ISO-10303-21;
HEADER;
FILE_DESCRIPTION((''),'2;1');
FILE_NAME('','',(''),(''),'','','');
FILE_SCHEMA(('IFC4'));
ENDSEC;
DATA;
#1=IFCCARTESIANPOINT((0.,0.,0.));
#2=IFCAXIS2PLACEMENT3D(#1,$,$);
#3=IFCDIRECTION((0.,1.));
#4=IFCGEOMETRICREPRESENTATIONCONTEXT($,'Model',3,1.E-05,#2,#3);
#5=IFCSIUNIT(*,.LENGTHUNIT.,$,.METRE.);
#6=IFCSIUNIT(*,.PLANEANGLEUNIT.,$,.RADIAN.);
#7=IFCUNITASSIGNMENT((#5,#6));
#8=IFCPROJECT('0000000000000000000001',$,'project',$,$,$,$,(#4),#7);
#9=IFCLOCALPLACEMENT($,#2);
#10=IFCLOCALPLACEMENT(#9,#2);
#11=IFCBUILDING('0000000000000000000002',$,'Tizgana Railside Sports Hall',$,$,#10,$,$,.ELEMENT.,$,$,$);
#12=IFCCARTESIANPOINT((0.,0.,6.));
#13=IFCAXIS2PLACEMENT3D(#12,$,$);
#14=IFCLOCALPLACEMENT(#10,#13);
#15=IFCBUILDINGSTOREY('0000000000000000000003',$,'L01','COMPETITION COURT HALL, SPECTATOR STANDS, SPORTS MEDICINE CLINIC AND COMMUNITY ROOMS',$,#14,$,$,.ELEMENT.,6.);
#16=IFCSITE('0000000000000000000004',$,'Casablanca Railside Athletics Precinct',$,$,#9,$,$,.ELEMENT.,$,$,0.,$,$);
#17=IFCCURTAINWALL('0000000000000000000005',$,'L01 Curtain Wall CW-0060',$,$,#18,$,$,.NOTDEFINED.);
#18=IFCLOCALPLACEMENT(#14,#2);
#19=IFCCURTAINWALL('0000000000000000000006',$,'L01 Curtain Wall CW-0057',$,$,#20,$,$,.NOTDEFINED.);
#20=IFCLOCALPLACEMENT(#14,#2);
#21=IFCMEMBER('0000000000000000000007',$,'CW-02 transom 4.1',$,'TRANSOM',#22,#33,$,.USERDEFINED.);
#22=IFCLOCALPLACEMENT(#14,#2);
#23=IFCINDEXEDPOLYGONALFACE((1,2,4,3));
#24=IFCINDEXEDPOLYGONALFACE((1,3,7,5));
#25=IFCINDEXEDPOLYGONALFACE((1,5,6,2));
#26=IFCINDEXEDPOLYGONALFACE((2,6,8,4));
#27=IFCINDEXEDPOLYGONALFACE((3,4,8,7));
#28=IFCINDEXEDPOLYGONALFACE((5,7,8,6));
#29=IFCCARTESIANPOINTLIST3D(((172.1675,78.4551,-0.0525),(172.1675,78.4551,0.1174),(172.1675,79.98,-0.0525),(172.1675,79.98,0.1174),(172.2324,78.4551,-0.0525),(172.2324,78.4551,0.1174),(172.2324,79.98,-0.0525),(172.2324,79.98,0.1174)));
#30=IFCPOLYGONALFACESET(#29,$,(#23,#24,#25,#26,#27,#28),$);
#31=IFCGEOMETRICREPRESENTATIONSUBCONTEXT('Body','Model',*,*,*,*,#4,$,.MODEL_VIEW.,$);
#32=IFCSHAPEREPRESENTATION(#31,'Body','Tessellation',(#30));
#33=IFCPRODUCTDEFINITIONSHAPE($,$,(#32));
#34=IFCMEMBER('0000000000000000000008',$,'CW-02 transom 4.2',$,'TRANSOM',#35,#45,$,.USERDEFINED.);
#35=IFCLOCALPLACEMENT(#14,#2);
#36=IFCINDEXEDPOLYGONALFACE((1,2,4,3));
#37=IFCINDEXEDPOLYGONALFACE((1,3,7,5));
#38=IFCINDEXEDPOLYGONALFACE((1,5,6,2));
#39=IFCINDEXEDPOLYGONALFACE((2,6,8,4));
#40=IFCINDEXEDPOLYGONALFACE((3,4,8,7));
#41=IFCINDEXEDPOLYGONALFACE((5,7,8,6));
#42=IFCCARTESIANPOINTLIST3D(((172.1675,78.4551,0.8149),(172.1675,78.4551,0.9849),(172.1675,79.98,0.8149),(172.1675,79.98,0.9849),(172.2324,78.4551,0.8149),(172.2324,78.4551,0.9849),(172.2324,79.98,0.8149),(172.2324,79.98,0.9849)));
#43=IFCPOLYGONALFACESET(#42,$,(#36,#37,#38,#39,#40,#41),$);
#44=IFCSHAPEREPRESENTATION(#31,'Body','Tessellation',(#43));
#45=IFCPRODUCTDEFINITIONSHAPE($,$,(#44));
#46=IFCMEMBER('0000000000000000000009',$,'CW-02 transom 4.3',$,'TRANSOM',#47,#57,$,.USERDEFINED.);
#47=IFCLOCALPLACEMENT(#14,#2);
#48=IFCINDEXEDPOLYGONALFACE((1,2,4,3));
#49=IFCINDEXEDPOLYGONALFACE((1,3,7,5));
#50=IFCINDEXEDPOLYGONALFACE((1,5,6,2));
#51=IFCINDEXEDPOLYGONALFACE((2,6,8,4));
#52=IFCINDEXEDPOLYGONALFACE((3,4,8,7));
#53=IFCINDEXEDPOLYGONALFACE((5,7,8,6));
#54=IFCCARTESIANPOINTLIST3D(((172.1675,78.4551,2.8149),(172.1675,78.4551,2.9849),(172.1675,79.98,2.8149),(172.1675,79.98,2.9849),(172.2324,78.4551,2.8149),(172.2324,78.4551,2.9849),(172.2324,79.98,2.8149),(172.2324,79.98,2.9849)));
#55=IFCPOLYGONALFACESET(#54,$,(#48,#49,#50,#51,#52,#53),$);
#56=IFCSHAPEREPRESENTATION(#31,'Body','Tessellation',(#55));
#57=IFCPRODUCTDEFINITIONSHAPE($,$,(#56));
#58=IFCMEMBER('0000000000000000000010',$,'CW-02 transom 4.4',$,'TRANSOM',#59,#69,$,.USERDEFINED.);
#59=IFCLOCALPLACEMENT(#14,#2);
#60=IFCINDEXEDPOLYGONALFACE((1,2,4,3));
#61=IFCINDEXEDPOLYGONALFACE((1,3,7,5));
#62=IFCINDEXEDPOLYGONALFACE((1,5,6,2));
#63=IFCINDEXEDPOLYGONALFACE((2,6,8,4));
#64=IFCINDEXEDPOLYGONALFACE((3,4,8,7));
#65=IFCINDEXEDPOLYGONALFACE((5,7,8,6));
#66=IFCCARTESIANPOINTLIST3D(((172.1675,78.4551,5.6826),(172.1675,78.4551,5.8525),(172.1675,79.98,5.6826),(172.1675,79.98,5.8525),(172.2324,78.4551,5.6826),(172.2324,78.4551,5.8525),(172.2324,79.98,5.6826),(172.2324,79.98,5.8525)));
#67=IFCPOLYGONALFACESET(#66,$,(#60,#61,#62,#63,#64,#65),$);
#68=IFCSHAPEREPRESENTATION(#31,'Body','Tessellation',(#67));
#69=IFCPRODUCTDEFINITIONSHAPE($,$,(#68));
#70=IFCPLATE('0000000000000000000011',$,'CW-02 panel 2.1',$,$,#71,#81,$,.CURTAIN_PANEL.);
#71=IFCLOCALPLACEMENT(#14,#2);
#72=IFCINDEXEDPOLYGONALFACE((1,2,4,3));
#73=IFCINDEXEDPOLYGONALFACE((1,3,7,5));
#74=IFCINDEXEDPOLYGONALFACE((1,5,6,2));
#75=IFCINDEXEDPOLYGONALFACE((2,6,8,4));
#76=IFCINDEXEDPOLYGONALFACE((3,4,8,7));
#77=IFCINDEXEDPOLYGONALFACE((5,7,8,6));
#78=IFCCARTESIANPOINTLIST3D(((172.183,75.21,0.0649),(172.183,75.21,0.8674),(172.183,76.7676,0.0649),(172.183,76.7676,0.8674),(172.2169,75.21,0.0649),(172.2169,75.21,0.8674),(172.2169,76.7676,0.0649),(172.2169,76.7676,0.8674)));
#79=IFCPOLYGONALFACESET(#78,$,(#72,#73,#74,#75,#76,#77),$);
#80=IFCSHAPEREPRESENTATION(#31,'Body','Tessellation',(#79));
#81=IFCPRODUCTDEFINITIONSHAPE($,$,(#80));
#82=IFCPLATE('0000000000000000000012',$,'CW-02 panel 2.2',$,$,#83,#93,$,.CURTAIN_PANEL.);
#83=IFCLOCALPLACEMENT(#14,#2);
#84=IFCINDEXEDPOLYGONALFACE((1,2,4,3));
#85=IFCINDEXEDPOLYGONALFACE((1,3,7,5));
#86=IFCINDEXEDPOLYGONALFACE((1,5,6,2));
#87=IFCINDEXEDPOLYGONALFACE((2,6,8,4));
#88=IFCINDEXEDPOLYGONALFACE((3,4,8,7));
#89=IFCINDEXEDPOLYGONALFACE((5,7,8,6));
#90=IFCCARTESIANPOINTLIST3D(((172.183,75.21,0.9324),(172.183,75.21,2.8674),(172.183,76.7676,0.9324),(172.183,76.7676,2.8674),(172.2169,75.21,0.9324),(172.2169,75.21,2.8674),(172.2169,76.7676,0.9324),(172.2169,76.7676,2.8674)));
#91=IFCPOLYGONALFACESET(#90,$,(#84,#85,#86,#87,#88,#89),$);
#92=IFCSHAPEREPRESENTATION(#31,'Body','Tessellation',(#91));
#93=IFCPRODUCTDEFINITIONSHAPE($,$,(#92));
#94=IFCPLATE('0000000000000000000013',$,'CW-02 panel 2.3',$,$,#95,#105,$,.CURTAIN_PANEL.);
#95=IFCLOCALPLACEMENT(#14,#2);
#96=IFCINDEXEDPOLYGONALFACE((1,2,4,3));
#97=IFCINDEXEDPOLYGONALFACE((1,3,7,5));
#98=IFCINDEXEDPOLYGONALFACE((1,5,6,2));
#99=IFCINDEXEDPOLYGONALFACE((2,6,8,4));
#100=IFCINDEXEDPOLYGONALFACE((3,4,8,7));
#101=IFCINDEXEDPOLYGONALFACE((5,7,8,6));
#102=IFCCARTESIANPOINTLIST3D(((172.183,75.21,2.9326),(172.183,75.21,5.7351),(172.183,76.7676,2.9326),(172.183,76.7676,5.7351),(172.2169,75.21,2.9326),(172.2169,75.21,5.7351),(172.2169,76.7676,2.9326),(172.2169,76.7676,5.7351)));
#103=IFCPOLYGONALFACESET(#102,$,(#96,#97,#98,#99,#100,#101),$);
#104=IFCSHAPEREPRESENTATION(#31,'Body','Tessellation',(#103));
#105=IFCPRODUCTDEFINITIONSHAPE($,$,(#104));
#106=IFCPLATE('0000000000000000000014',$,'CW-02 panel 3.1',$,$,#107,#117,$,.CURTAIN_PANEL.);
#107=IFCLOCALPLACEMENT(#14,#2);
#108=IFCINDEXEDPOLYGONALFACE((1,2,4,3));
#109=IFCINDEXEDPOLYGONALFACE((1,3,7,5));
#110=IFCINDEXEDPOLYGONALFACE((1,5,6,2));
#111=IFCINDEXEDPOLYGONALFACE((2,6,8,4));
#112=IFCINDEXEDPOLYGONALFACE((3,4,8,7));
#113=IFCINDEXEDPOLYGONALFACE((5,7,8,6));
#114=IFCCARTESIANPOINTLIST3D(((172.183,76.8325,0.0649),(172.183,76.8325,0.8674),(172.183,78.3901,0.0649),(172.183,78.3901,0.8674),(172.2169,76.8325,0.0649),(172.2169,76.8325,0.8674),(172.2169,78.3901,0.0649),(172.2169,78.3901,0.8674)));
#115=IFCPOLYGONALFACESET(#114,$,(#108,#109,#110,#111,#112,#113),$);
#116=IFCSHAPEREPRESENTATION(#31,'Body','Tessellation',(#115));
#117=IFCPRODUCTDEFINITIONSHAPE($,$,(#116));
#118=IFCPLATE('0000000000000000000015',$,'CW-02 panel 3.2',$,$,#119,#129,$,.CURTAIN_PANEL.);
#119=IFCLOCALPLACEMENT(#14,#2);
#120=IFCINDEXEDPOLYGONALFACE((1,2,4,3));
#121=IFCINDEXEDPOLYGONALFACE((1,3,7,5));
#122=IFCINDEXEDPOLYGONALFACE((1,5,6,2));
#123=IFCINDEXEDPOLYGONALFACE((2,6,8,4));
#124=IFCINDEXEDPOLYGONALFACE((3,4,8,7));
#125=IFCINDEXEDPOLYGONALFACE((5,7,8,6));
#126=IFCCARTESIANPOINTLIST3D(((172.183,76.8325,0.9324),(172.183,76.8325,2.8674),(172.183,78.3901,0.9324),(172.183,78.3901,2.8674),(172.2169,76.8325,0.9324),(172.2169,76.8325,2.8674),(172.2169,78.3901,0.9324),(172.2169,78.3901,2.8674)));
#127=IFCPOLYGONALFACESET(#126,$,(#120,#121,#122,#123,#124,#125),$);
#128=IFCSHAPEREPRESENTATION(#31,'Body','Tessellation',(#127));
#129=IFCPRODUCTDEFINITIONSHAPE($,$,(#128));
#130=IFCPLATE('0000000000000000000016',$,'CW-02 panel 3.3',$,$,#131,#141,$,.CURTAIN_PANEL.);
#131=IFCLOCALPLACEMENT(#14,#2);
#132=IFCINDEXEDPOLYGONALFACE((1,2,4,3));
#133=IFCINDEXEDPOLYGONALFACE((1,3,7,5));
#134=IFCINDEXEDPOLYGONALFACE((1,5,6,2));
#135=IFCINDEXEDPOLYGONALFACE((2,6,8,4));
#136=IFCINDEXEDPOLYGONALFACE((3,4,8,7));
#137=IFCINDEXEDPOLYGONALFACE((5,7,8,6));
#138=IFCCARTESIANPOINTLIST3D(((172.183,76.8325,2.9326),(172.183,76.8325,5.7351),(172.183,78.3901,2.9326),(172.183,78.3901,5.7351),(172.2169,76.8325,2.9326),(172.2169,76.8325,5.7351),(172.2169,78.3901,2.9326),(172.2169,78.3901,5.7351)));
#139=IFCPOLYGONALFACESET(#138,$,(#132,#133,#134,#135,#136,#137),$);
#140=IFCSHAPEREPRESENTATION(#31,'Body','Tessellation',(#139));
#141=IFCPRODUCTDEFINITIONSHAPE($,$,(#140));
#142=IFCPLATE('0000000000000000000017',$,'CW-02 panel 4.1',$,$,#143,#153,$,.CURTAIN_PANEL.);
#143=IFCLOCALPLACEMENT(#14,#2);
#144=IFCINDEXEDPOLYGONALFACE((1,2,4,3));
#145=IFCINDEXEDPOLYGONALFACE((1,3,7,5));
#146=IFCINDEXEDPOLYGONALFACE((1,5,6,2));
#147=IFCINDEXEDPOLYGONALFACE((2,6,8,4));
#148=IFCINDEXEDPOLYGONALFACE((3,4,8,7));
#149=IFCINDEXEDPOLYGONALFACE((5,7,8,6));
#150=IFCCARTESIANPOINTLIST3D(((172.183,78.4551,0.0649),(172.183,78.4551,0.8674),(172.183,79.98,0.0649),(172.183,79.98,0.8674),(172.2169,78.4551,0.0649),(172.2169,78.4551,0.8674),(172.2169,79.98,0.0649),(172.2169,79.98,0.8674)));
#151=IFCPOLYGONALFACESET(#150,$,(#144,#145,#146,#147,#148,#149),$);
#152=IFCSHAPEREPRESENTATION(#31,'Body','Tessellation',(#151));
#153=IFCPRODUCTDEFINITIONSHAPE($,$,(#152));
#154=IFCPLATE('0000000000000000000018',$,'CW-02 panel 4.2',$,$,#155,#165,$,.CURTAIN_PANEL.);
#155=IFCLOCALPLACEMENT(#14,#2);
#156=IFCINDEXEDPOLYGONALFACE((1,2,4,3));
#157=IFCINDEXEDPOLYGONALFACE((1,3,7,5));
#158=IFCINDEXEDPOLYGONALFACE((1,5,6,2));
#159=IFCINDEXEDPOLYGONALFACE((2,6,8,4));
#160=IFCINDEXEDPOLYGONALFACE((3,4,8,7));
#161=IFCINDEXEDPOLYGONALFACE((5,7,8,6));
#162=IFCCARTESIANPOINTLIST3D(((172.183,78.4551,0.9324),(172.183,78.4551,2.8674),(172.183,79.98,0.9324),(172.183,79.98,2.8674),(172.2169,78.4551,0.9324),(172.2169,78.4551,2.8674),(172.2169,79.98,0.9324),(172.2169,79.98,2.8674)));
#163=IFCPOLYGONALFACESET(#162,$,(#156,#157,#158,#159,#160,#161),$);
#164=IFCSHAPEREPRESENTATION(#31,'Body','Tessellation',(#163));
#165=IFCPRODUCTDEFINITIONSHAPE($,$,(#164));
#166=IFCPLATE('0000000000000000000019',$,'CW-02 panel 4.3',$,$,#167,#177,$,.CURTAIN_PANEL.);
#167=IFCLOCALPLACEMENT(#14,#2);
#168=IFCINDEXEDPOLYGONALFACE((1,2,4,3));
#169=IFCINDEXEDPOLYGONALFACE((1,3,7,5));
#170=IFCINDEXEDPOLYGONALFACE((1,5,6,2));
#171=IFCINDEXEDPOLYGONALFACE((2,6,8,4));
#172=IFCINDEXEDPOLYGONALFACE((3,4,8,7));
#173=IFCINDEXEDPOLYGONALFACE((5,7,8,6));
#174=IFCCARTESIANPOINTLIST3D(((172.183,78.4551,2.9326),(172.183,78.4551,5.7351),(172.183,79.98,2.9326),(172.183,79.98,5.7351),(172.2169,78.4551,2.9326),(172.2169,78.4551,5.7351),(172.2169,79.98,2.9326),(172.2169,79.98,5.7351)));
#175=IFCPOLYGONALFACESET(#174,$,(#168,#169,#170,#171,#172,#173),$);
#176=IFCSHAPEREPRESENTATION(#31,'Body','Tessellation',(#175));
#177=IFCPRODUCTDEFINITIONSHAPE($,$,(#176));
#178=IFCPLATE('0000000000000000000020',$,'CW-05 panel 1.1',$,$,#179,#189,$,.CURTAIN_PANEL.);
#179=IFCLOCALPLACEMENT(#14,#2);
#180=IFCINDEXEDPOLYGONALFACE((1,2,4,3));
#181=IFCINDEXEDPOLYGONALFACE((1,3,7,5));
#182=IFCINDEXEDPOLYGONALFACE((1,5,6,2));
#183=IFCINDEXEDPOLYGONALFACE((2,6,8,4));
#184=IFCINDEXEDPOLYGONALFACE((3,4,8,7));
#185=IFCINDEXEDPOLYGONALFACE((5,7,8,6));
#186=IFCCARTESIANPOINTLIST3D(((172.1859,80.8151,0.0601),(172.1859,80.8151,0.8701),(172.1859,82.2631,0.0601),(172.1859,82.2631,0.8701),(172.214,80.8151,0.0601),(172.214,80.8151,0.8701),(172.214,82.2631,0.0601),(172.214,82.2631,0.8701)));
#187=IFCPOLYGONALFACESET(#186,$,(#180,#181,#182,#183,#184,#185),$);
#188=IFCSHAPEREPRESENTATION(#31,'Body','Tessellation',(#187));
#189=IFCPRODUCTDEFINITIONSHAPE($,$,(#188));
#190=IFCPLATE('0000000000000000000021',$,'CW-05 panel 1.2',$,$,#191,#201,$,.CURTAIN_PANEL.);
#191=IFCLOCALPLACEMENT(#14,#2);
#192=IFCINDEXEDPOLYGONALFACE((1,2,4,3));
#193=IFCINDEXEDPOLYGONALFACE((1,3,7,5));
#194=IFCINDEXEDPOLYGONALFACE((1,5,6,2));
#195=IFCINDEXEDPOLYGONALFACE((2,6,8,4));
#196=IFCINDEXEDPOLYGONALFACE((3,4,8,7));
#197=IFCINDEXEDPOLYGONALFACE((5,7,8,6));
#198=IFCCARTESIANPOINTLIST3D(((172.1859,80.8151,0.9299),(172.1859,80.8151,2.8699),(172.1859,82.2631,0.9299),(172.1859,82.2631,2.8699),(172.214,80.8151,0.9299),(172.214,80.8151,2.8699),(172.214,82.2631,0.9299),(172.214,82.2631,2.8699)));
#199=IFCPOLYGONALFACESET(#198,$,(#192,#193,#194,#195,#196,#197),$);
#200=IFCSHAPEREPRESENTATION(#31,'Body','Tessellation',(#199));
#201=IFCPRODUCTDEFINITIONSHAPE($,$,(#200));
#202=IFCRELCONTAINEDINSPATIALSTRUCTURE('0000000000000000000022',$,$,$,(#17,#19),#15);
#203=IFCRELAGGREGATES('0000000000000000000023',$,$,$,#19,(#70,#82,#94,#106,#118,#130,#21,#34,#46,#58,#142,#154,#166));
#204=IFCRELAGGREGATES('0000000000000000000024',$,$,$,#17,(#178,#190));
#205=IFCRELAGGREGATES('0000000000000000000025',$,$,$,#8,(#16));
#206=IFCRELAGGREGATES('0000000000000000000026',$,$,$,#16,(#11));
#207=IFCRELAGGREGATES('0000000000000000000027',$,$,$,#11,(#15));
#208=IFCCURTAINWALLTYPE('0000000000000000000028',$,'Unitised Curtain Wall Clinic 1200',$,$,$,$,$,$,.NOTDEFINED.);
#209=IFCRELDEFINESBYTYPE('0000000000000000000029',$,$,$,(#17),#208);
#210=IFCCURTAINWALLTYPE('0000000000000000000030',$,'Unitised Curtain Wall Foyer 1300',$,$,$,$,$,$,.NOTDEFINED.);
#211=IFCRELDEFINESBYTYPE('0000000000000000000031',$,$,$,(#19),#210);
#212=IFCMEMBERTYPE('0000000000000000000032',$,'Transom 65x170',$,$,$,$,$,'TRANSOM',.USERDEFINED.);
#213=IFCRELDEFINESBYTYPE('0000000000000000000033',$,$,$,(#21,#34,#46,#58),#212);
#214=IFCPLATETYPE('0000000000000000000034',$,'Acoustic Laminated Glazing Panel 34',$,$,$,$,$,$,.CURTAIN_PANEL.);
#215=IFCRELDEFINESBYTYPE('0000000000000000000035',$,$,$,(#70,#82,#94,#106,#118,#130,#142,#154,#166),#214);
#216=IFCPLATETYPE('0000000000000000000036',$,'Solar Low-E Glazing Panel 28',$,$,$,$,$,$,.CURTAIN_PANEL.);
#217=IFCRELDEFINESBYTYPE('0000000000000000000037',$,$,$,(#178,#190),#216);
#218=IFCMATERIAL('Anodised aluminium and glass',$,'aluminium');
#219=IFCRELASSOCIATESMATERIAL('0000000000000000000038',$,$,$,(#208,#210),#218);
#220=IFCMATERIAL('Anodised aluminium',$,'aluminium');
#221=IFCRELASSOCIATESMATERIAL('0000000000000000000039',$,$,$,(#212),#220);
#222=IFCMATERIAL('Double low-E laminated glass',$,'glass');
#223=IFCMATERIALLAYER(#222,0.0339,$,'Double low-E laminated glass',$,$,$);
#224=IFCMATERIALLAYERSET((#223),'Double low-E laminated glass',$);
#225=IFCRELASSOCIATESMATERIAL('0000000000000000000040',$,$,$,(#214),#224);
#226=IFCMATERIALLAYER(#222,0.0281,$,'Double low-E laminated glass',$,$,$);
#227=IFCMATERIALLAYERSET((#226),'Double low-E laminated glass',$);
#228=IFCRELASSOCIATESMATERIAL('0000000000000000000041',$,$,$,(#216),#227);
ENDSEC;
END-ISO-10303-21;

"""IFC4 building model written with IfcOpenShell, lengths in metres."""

from ifc_helpers import new_model, si_unit, direction, frame, origin, origin_2d, place, context, subcontext, project, spatial, rectangle, extrude, material, layer, layer_set, material_profile, profile_set, type_object, element, aggregate, save


model = new_model("IFC4")

# Units and contexts
model_context = context("Model", 3, precision=1e-05, world=origin(), true_north=direction((0.0, 1.0)))
body_context = subcontext(model_context, "Body", "Model", "MODEL_VIEW")
ifc_project = project(units=[si_unit("LENGTHUNIT", "METRE"), si_unit("PLANEANGLEUNIT", "RADIAN")], contexts=[model_context])

# Site, building, storey
site_placement = place(None, origin())
site = spatial("IfcSite", under=ifc_project, at=site_placement, Name="Casablanca Railside Athletics Precinct", CompositionType="ELEMENT", RefElevation=0.0)
building_placement = place(site_placement, origin())
building = spatial("IfcBuilding", under=site, at=building_placement, Name="Tizgana Railside Sports Hall", CompositionType="ELEMENT")
storey_placement = place(building_placement, frame((0.0, 0.0, 6.0)))
storey = spatial("IfcBuildingStorey", under=building, at=storey_placement, Name="L01", Description="COMPETITION COURT HALL, SPECTATOR STANDS, SPORTS MEDICINE CLINIC AND COMMUNITY ROOMS", CompositionType="ELEMENT", Elevation=6.0)

# Curtain wall
ifc_material_1 = material(Name="Anodised aluminium and glass", Category="aluminium")
curtain_wall_type_1 = type_object("IfcCurtainWallType", Name="Unitised Curtain Wall Clinic 1200", PredefinedType="NOTDEFINED", material=ifc_material_1)
curtain_wall_1_placement = place(storey_placement, origin())
curtain_wall_1 = element("IfcCurtainWall", 1, at=curtain_wall_1_placement, inside=storey, type_object=curtain_wall_type_1, Name="L01 Curtain Wall CW-0060", PredefinedType="NOTDEFINED")
ifc_material_2 = material(Name="Anodised aluminium", Category="aluminium")

# Curtain wall
curtain_wall_type_2 = type_object("IfcCurtainWallType", Name="Unitised Curtain Wall Foyer 1300", PredefinedType="NOTDEFINED", material=ifc_material_1)
curtain_wall_2_placement = place(storey_placement, origin())
curtain_wall_2 = element("IfcCurtainWall", 2, at=curtain_wall_2_placement, inside=storey, type_object=curtain_wall_type_2, Name="L01 Curtain Wall CW-0057", PredefinedType="NOTDEFINED")

# Members
ifc_material_profile_1 = material_profile(ifc_material_2, rectangle(XDim=0.0649, YDim=0.1699, at=origin_2d()), Name="Transom 65x170")
ifc_profile_set_1 = profile_set([ifc_material_profile_1], Name="Anodised aluminium")
member_type_1 = type_object("IfcMemberType", Name="Transom 65x170", ElementType="TRANSOM", PredefinedType="USERDEFINED", material=ifc_profile_set_1)
member_1_placement = place(storey_placement, frame((172.2, 78.4551, 0.0325), z_axis=(0.0, 1.0, 0.0), x_axis=(-1.0, 0.0, 0.0)))
member_1 = element("IfcMember", 3, at=member_1_placement, type_object=member_type_1, Name="CW-02 transom 4.1", ObjectType="TRANSOM", PredefinedType="USERDEFINED", context=body_context, shape_type="SweptSolid", body=[
    extrude(rectangle(XDim=0.0649, YDim=0.1699, at=origin_2d()), origin(), (0.0, 0.0, 1.0), 1.5249),
])
member_2_placement = place(storey_placement, frame((172.2, 78.4551, 0.8999), z_axis=(0.0, 1.0, 0.0), x_axis=(-1.0, 0.0, 0.0)))
member_2 = element("IfcMember", 4, at=member_2_placement, type_object=member_type_1, Name="CW-02 transom 4.2", ObjectType="TRANSOM", PredefinedType="USERDEFINED", context=body_context, shape_type="SweptSolid", body=[
    extrude(rectangle(XDim=0.0649, YDim=0.1699, at=origin_2d()), origin(), (0.0, 0.0, 1.0), 1.5249),
])
member_3_placement = place(storey_placement, frame((172.2, 78.4551, 2.8999), z_axis=(0.0, 1.0, 0.0), x_axis=(-1.0, 0.0, 0.0)))
member_3 = element("IfcMember", 5, at=member_3_placement, type_object=member_type_1, Name="CW-02 transom 4.3", ObjectType="TRANSOM", PredefinedType="USERDEFINED", context=body_context, shape_type="SweptSolid", body=[
    extrude(rectangle(XDim=0.0649, YDim=0.1699, at=origin_2d()), origin(), (0.0, 0.0, 1.0), 1.5249),
])
member_4_placement = place(storey_placement, frame((172.2, 78.4551, 5.7676), z_axis=(0.0, 1.0, 0.0), x_axis=(-1.0, 0.0, 0.0)))
member_4 = element("IfcMember", 6, at=member_4_placement, type_object=member_type_1, Name="CW-02 transom 4.4", ObjectType="TRANSOM", PredefinedType="USERDEFINED", context=body_context, shape_type="SweptSolid", body=[
    extrude(rectangle(XDim=0.0649, YDim=0.1699, at=origin_2d()), origin(), (0.0, 0.0, 1.0), 1.5249),
])

# Plates
ifc_material_3 = material(Name="Double low-E laminated glass", Category="glass")
ifc_layer_1 = layer(ifc_material_3, 0.0339, Name="Double low-E laminated glass")
ifc_layer_set_1 = layer_set([ifc_layer_1], Name="Double low-E laminated glass")
plate_type_1 = type_object("IfcPlateType", Name="Acoustic Laminated Glazing Panel 34", PredefinedType="CURTAIN_PANEL", material=ifc_layer_set_1)
plate_1_placement = place(storey_placement, frame((172.2, 75.9888, 0.0649), z_axis=(0.0, 0.0, 1.0), x_axis=(0.0, 1.0, 0.0)))
plate_1 = element("IfcPlate", 7, at=plate_1_placement, type_object=plate_type_1, Name="CW-02 panel 2.1", PredefinedType="CURTAIN_PANEL", context=body_context, shape_type="SweptSolid", body=[
    extrude(rectangle(XDim=1.5576, YDim=0.0339, at=origin_2d()), origin(), (0.0, 0.0, 1.0), 0.8025),
])
plate_2_placement = place(storey_placement, frame((172.2, 75.9888, 0.9324), z_axis=(0.0, 0.0, 1.0), x_axis=(0.0, 1.0, 0.0)))
plate_2 = element("IfcPlate", 8, at=plate_2_placement, type_object=plate_type_1, Name="CW-02 panel 2.2", PredefinedType="CURTAIN_PANEL", context=body_context, shape_type="SweptSolid", body=[
    extrude(rectangle(XDim=1.5576, YDim=0.0339, at=origin_2d()), origin(), (0.0, 0.0, 1.0), 1.9351),
])
plate_3_placement = place(storey_placement, frame((172.2, 75.9888, 2.9326), z_axis=(0.0, 0.0, 1.0), x_axis=(0.0, 1.0, 0.0)))
plate_3 = element("IfcPlate", 9, at=plate_3_placement, type_object=plate_type_1, Name="CW-02 panel 2.3", PredefinedType="CURTAIN_PANEL", context=body_context, shape_type="SweptSolid", body=[
    extrude(rectangle(XDim=1.5576, YDim=0.0339, at=origin_2d()), origin(), (0.0, 0.0, 1.0), 2.8025),
])
plate_4_placement = place(storey_placement, frame((172.2, 77.6113, 0.0649), z_axis=(0.0, 0.0, 1.0), x_axis=(0.0, 1.0, 0.0)))
plate_4 = element("IfcPlate", 10, at=plate_4_placement, type_object=plate_type_1, Name="CW-02 panel 3.1", PredefinedType="CURTAIN_PANEL", context=body_context, shape_type="SweptSolid", body=[
    extrude(rectangle(XDim=1.5576, YDim=0.0339, at=origin_2d()), origin(), (0.0, 0.0, 1.0), 0.8025),
])
plate_5_placement = place(storey_placement, frame((172.2, 77.6113, 0.9324), z_axis=(0.0, 0.0, 1.0), x_axis=(0.0, 1.0, 0.0)))
plate_5 = element("IfcPlate", 11, at=plate_5_placement, type_object=plate_type_1, Name="CW-02 panel 3.2", PredefinedType="CURTAIN_PANEL", context=body_context, shape_type="SweptSolid", body=[
    extrude(rectangle(XDim=1.5576, YDim=0.0339, at=origin_2d()), origin(), (0.0, 0.0, 1.0), 1.9351),
])
plate_6_placement = place(storey_placement, frame((172.2, 77.6113, 2.9326), z_axis=(0.0, 0.0, 1.0), x_axis=(0.0, 1.0, 0.0)))
plate_6 = element("IfcPlate", 12, at=plate_6_placement, type_object=plate_type_1, Name="CW-02 panel 3.3", PredefinedType="CURTAIN_PANEL", context=body_context, shape_type="SweptSolid", body=[
    extrude(rectangle(XDim=1.5576, YDim=0.0339, at=origin_2d()), origin(), (0.0, 0.0, 1.0), 2.8025),
])
plate_7_placement = place(storey_placement, frame((172.2, 79.2175, 0.0649), z_axis=(0.0, 0.0, 1.0), x_axis=(0.0, 1.0, 0.0)))
plate_7 = element("IfcPlate", 13, at=plate_7_placement, type_object=plate_type_1, Name="CW-02 panel 4.1", PredefinedType="CURTAIN_PANEL", context=body_context, shape_type="SweptSolid", body=[
    extrude(rectangle(XDim=1.5249, YDim=0.0339, at=origin_2d()), origin(), (0.0, 0.0, 1.0), 0.8025),
])
plate_8_placement = place(storey_placement, frame((172.2, 79.2175, 0.9324), z_axis=(0.0, 0.0, 1.0), x_axis=(0.0, 1.0, 0.0)))
plate_8 = element("IfcPlate", 14, at=plate_8_placement, type_object=plate_type_1, Name="CW-02 panel 4.2", PredefinedType="CURTAIN_PANEL", context=body_context, shape_type="SweptSolid", body=[
    extrude(rectangle(XDim=1.5249, YDim=0.0339, at=origin_2d()), origin(), (0.0, 0.0, 1.0), 1.9351),
])
plate_9_placement = place(storey_placement, frame((172.2, 79.2175, 2.9326), z_axis=(0.0, 0.0, 1.0), x_axis=(0.0, 1.0, 0.0)))
plate_9 = element("IfcPlate", 15, at=plate_9_placement, type_object=plate_type_1, Name="CW-02 panel 4.3", PredefinedType="CURTAIN_PANEL", context=body_context, shape_type="SweptSolid", body=[
    extrude(rectangle(XDim=1.5249, YDim=0.0339, at=origin_2d()), origin(), (0.0, 0.0, 1.0), 2.8025),
])
aggregate(curtain_wall_2, [plate_1, plate_2, plate_3, plate_4, plate_5, plate_6, member_1, member_2, member_3, member_4, plate_7, plate_8, plate_9])
ifc_layer_2 = layer(ifc_material_3, 0.0281, Name="Double low-E laminated glass")
ifc_layer_set_2 = layer_set([ifc_layer_2], Name="Double low-E laminated glass")
plate_type_2 = type_object("IfcPlateType", Name="Solar Low-E Glazing Panel 28", PredefinedType="CURTAIN_PANEL", material=ifc_layer_set_2)
plate_10_placement = place(storey_placement, frame((172.2, 81.5391, 0.0601), z_axis=(0.0, 0.0, 1.0), x_axis=(0.0, 1.0, 0.0)))
plate_10 = element("IfcPlate", 16, at=plate_10_placement, type_object=plate_type_2, Name="CW-05 panel 1.1", PredefinedType="CURTAIN_PANEL", context=body_context, shape_type="SweptSolid", body=[
    extrude(rectangle(XDim=1.448, YDim=0.0281, at=origin_2d()), origin(), (0.0, 0.0, 1.0), 0.8101),
])
plate_11_placement = place(storey_placement, frame((172.2, 81.5391, 0.9299), z_axis=(0.0, 0.0, 1.0), x_axis=(0.0, 1.0, 0.0)))
plate_11 = element("IfcPlate", 17, at=plate_11_placement, type_object=plate_type_2, Name="CW-05 panel 1.2", PredefinedType="CURTAIN_PANEL", context=body_context, shape_type="SweptSolid", body=[
    extrude(rectangle(XDim=1.448, YDim=0.0281, at=origin_2d()), origin(), (0.0, 0.0, 1.0), 1.9399),
])
aggregate(curtain_wall_1, [plate_10, plate_11])

save(model, "model.ifc")
